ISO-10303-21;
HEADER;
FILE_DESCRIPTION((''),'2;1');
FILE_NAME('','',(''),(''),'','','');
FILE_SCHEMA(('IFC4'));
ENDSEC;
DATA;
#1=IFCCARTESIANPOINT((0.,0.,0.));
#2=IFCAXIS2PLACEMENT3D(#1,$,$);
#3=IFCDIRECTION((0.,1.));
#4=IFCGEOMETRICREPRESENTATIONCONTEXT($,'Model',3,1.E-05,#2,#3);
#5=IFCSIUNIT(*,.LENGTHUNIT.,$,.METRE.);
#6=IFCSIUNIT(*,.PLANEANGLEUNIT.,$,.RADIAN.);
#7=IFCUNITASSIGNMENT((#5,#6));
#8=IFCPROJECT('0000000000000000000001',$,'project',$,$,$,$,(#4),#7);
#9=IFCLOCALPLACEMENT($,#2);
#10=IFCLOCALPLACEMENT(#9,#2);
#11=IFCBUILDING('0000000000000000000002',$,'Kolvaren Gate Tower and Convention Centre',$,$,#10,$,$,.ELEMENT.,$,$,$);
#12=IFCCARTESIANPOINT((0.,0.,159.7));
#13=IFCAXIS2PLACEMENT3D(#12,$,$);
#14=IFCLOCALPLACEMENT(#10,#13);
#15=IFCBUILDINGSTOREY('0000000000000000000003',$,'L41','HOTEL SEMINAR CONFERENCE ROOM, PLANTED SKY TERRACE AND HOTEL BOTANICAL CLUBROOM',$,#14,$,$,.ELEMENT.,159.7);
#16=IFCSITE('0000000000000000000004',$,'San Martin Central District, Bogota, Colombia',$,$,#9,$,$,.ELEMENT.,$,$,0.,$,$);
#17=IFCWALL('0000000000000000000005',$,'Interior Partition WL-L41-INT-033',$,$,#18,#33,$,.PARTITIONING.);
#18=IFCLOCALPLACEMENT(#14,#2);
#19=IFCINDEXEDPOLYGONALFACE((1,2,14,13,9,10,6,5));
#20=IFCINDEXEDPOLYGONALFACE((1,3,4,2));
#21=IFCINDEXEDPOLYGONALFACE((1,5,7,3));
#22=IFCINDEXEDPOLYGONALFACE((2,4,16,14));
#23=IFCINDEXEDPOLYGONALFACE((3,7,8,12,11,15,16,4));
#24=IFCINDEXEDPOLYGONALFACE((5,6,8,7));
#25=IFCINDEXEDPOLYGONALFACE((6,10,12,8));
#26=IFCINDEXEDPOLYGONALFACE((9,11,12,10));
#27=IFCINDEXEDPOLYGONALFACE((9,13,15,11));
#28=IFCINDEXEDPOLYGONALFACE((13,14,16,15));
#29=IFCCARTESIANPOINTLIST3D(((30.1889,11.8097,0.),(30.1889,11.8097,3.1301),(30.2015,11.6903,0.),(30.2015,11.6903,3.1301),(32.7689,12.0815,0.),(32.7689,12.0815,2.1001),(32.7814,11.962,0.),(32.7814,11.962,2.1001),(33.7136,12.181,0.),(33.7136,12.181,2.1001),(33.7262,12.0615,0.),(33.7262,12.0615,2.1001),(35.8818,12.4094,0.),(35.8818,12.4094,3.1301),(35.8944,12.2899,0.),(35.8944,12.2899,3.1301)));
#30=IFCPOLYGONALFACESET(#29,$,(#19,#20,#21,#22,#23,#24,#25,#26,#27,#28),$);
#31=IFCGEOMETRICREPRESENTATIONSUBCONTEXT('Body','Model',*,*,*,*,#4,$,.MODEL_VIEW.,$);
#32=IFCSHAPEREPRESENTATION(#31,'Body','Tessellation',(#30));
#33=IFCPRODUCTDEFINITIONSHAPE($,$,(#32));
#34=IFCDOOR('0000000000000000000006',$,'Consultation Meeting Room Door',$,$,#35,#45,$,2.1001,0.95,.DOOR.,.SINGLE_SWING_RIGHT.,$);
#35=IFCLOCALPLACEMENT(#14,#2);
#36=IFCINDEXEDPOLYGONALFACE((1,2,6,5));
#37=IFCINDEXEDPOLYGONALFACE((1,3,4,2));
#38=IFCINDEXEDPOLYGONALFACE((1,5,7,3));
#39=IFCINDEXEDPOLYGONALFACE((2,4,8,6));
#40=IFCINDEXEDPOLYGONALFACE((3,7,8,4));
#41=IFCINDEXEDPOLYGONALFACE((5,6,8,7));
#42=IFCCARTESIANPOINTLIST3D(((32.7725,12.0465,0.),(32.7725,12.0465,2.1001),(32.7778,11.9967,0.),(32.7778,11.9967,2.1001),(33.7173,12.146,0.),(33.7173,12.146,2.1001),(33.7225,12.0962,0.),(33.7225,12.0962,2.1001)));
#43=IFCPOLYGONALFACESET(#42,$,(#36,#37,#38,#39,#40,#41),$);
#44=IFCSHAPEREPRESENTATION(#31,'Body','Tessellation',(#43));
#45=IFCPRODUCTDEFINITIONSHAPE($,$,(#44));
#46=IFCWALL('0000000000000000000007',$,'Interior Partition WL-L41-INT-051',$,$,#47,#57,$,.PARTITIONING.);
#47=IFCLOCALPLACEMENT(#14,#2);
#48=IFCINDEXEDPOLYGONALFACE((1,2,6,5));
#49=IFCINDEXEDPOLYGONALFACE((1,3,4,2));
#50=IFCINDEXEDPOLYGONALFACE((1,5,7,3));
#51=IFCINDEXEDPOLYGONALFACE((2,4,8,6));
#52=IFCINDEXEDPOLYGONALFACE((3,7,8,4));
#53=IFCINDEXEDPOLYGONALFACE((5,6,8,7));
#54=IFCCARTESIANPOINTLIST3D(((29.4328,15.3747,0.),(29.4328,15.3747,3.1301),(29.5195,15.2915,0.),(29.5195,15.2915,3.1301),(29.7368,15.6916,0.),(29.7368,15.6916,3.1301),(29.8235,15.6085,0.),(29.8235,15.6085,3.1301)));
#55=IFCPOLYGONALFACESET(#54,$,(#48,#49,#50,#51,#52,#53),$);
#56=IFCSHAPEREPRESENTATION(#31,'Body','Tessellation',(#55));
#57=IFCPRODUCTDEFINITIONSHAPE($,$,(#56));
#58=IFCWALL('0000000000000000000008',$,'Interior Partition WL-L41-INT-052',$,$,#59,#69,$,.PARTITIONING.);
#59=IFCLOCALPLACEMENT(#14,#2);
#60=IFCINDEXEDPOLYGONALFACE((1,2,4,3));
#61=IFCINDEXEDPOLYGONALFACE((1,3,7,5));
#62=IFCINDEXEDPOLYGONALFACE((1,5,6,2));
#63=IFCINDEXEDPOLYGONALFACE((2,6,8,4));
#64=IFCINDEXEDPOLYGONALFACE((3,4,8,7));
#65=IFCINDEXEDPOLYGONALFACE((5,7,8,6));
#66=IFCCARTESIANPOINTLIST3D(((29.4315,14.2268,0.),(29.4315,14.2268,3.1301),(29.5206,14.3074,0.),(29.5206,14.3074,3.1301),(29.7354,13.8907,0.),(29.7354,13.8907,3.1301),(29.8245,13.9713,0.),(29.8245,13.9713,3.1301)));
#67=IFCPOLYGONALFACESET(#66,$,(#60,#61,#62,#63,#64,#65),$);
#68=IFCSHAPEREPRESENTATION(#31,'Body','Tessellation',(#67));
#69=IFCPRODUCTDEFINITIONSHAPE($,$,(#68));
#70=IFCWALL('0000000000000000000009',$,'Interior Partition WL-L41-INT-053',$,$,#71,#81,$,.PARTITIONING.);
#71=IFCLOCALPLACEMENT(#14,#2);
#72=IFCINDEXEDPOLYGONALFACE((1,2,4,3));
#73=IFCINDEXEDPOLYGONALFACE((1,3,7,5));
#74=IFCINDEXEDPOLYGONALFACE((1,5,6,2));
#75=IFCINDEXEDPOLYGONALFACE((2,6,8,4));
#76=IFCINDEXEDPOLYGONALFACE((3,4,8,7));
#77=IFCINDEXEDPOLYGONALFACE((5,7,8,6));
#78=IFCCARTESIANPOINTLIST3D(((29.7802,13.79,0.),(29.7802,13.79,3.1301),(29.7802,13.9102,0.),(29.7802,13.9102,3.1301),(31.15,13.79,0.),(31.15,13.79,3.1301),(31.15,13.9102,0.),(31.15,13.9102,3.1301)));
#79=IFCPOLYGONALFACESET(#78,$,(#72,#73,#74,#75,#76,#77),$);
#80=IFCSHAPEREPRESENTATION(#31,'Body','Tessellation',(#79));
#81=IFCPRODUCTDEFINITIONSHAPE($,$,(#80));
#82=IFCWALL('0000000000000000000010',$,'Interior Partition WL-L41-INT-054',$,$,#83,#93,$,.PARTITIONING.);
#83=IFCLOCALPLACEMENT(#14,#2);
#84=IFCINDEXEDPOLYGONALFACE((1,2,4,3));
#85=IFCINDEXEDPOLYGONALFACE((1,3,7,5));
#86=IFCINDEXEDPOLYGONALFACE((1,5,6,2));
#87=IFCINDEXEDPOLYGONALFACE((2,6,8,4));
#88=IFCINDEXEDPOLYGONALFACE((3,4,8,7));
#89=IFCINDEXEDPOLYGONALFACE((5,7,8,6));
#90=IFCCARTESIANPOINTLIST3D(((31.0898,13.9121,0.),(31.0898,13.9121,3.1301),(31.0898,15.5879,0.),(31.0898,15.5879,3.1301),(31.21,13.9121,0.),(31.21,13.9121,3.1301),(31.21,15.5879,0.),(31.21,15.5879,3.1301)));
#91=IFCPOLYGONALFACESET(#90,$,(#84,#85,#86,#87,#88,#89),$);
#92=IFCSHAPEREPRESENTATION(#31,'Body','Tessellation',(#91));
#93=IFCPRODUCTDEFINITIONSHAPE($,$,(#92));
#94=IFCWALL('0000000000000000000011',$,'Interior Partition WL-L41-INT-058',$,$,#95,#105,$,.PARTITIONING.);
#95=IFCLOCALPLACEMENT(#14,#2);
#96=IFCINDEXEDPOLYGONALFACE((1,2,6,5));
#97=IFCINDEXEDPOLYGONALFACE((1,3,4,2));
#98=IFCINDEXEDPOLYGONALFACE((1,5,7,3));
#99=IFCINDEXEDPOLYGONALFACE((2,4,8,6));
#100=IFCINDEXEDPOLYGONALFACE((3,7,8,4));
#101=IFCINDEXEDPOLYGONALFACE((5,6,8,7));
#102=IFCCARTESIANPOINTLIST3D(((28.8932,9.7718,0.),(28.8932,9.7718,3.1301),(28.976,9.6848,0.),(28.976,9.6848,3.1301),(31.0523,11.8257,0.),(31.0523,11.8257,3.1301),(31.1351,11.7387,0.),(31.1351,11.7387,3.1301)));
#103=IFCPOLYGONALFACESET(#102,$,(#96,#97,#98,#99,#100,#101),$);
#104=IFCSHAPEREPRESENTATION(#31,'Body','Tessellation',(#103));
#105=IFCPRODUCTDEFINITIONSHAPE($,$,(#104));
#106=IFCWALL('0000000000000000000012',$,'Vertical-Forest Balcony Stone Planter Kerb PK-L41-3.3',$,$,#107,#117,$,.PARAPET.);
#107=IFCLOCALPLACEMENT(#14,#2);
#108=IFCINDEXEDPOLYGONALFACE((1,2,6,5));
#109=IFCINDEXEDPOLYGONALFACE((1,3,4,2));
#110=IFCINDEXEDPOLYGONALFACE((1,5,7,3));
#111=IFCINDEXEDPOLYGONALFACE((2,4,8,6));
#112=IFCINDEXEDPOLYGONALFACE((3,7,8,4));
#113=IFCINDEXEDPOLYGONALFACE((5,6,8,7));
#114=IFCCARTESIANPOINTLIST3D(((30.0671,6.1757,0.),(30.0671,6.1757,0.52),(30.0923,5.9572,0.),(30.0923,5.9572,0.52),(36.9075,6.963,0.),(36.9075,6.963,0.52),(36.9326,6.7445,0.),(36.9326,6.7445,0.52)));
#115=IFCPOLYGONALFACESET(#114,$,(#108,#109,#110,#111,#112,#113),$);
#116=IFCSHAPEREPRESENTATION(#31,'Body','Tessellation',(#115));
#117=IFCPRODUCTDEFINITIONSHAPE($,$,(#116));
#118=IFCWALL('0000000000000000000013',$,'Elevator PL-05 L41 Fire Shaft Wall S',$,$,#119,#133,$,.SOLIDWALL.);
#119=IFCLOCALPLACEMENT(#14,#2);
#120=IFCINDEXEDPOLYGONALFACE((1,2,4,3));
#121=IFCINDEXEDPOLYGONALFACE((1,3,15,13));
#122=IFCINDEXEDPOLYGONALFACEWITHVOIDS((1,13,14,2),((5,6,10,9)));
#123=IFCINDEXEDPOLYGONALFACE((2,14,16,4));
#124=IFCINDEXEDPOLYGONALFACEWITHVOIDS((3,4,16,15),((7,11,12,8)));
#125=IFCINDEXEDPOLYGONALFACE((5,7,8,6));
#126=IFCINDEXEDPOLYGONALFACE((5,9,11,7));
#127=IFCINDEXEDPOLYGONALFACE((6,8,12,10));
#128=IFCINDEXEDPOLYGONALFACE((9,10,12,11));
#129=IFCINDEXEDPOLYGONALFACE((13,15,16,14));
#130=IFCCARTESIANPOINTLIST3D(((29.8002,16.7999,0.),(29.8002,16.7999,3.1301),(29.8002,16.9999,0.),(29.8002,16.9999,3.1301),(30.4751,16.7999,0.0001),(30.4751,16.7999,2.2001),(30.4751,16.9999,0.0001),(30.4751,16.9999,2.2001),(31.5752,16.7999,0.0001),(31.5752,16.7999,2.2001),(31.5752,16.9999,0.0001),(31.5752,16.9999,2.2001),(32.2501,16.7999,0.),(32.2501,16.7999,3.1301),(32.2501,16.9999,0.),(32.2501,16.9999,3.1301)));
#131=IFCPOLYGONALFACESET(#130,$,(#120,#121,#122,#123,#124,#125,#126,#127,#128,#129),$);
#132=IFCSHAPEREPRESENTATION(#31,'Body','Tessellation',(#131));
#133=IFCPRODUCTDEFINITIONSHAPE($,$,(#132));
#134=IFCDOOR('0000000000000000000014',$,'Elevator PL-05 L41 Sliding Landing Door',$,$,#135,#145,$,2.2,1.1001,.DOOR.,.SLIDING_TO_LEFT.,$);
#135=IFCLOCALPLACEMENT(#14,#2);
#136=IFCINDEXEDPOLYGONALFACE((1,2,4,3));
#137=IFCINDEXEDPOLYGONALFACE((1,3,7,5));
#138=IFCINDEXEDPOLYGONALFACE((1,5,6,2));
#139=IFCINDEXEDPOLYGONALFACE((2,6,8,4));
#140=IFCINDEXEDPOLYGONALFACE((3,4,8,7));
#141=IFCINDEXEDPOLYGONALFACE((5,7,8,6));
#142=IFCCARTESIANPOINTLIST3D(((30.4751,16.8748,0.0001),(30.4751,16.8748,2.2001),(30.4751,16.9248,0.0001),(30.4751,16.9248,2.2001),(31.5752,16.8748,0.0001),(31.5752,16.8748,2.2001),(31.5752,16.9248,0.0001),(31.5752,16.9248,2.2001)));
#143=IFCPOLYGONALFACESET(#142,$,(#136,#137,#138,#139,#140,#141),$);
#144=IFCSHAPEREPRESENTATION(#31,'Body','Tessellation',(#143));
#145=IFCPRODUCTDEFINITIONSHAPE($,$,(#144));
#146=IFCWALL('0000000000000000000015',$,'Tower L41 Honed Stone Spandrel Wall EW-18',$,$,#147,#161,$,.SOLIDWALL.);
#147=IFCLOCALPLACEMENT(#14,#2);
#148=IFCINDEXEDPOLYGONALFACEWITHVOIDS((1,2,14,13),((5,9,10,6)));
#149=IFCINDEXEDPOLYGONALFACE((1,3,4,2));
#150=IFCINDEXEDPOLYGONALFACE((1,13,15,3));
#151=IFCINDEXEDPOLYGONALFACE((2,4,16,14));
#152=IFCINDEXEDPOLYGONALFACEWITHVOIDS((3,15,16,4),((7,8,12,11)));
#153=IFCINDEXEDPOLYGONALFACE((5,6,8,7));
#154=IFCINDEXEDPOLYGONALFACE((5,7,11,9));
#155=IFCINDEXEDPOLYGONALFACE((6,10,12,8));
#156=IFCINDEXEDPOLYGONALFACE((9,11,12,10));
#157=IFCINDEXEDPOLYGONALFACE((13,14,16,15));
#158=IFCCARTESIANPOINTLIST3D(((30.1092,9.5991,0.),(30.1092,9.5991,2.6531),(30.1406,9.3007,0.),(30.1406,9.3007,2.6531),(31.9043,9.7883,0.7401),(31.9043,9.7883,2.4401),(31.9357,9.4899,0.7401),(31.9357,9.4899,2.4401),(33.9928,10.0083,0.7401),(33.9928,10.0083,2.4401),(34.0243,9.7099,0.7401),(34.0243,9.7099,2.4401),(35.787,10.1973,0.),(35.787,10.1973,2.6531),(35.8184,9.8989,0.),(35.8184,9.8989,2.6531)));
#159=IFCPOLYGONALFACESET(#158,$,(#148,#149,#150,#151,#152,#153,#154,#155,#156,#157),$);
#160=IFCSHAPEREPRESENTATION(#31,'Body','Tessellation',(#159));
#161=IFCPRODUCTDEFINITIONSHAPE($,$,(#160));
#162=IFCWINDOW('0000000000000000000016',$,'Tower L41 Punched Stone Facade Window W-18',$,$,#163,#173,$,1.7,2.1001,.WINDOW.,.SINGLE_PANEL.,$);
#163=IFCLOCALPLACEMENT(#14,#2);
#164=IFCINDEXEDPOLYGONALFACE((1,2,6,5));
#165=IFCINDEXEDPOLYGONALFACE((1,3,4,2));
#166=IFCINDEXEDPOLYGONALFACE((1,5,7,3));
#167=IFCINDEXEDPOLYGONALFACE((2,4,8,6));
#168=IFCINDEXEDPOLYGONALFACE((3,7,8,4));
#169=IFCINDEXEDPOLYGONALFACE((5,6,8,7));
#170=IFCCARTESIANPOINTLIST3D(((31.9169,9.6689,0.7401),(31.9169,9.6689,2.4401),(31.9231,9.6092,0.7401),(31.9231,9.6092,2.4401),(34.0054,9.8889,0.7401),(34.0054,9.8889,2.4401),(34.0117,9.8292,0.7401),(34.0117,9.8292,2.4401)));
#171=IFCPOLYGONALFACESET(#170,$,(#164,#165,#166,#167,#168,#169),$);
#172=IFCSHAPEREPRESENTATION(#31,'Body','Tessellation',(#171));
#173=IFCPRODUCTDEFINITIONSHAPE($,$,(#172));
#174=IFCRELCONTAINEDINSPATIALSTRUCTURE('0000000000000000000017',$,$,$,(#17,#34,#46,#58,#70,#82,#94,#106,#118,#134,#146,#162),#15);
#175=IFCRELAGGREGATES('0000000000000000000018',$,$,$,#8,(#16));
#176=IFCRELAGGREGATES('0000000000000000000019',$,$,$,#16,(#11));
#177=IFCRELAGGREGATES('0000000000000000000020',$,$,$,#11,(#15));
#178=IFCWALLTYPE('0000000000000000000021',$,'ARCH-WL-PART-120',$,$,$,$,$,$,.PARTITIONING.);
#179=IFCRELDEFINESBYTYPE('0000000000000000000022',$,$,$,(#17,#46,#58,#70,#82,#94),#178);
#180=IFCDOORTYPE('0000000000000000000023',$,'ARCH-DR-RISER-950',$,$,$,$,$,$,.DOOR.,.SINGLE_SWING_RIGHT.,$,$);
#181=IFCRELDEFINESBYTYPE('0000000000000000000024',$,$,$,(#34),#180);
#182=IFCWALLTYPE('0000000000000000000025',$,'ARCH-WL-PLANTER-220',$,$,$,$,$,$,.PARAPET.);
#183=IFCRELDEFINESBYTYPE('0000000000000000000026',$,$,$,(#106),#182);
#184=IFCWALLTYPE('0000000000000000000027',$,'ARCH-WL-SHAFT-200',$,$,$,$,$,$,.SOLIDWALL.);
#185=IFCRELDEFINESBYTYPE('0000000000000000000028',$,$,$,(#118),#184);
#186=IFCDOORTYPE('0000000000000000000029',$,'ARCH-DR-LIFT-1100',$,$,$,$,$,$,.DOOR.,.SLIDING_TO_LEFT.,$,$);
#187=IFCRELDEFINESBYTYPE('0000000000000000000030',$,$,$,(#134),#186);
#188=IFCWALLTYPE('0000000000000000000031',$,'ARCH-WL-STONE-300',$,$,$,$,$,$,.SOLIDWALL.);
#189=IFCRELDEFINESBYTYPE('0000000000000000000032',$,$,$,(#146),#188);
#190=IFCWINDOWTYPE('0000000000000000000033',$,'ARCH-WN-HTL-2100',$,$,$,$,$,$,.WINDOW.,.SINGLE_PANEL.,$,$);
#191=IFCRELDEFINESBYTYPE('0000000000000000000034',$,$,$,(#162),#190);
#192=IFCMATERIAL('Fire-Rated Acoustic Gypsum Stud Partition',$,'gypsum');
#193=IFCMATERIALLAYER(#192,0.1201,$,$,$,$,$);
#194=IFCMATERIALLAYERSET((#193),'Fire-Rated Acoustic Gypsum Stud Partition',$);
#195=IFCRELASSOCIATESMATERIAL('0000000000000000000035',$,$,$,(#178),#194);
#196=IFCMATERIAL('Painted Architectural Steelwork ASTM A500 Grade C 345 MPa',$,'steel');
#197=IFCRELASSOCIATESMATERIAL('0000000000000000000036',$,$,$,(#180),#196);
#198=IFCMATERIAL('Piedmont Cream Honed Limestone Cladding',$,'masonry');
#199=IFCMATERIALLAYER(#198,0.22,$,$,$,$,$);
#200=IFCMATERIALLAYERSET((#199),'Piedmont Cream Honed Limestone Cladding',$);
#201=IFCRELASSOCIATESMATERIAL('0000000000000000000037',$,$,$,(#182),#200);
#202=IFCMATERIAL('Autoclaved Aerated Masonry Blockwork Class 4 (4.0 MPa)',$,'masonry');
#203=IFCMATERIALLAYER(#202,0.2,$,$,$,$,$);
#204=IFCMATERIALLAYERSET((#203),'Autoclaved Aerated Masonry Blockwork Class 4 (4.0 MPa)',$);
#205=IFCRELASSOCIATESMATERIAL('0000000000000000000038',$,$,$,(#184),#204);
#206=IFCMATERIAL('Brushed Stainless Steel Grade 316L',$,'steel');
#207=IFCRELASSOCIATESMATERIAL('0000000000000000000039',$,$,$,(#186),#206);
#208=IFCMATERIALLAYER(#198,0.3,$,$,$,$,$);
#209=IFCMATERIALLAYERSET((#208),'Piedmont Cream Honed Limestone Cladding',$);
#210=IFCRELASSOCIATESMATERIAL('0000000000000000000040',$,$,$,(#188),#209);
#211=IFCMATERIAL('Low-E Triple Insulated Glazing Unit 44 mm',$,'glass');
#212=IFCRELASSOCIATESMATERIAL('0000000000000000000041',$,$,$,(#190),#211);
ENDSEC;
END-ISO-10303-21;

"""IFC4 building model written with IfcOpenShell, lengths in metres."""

from ifc_helpers import new_model, si_unit, direction, frame, frame_2d, origin, place, context, subcontext, project, spatial, rectangle, extrude, material, layer, layer_set, type_object, element, fill, save


model = new_model("IFC4")

# Units and contexts
model_context = context("Model", 3, precision=1e-05, world=origin(), true_north=direction((0.0, 1.0)))
body_context = subcontext(model_context, "Body", "Model", "MODEL_VIEW")
ifc_project = project(units=[si_unit("LENGTHUNIT", "METRE"), si_unit("PLANEANGLEUNIT", "RADIAN")], contexts=[model_context])

# Site, building, storey
site_placement = place(None, origin())
site = spatial("IfcSite", under=ifc_project, at=site_placement, Name="San Martin Central District, Bogota, Colombia", CompositionType="ELEMENT", RefElevation=0.0)
building_placement = place(site_placement, origin())
building = spatial("IfcBuilding", under=site, at=building_placement, Name="Kolvaren Gate Tower and Convention Centre", CompositionType="ELEMENT")
storey_placement = place(building_placement, frame((0.0, 0.0, 159.7)))
storey = spatial("IfcBuildingStorey", under=building, at=storey_placement, Name="L41", Description="HOTEL SEMINAR CONFERENCE ROOM, PLANTED SKY TERRACE AND HOTEL BOTANICAL CLUBROOM", CompositionType="ELEMENT", Elevation=159.7)

# Shared definitions
ifc_material_1 = material(Name="Fire-Rated Acoustic Gypsum Stud Partition", Category="gypsum")
ifc_layer_1 = layer(ifc_material_1, 0.1201)
ifc_layer_set_1 = layer_set([ifc_layer_1], Name="Fire-Rated Acoustic Gypsum Stud Partition")
wall_type_1 = type_object("IfcWallType", Name="ARCH-WL-PART-120", PredefinedType="PARTITIONING", material=ifc_layer_set_1)

# Wall, opening, door
wall_1_placement = place(storey_placement, frame((30.1951, 11.75, 0.0), z_axis=(0.0, 0.0, 1.0), x_axis=(0.994499, 0.104747, 0.0)))
wall_1 = element("IfcWall", 1, at=wall_1_placement, inside=storey, type_object=wall_type_1, Name="Interior Partition WL-L41-INT-033", PredefinedType="PARTITIONING", context=body_context, shape_type="SweptSolid", body=[
    extrude(rectangle(XDim=5.7244, YDim=0.1201, at=frame_2d((2.8623, 0.0))), origin(), (0.0, 0.0, 1.0), 3.1301),
])
opening_1_placement = place(wall_1_placement, frame((2.5942, 0.0, 0.0)))
opening_1 = element("IfcOpeningElement", 2, at=opening_1_placement, cuts=wall_1, PredefinedType="OPENING", context=body_context, shape_type="SweptSolid", body=[
    extrude(rectangle(XDim=0.95, YDim=2.1001, at=frame_2d((0.4751, 1.05))), frame((0.0, 0.0701, 0.0), z_axis=(0.0, -1.0, 0.0), x_axis=(1.0, 0.0, 0.0)), (0.0, 0.0, 1.0), 0.1401),
])
ifc_material_2 = material(Name="Painted Architectural Steelwork ASTM A500 Grade C 345 MPa", Category="steel")
door_type_1 = type_object("IfcDoorType", Name="ARCH-DR-RISER-950", OperationType="SINGLE_SWING_RIGHT", PredefinedType="DOOR", material=ifc_material_2)
door_1_placement = place(opening_1_placement, origin())
door_1 = element("IfcDoor", 3, at=door_1_placement, inside=storey, type_object=door_type_1, Name="Consultation Meeting Room Door", OperationType="SINGLE_SWING_RIGHT", OverallHeight=2.1001, OverallWidth=0.95, PredefinedType="DOOR", context=body_context, shape_type="SweptSolid", body=[
    extrude(rectangle(XDim=0.95, YDim=2.1001, at=frame_2d((0.4751, 1.05))), frame((0.0, 0.0249, 0.0), z_axis=(0.0, -1.0, 0.0), x_axis=(1.0, 0.0, 0.0)), (0.0, 0.0, 1.0), 0.05),
])
fill(opening_1, door_1)

# Walls
wall_2_placement = place(storey_placement, frame((29.4761, 15.333, 0.0), z_axis=(0.0, 0.0, 1.0), x_axis=(0.692219, 0.721687, 0.0)))
element("IfcWall", 4, at=wall_2_placement, inside=storey, type_object=wall_type_1, Name="Interior Partition WL-L41-INT-051", PredefinedType="PARTITIONING", context=body_context, shape_type="SweptSolid", body=[
    extrude(rectangle(XDim=0.4392, YDim=0.1201, at=frame_2d((0.2197, 0.0))), origin(), (0.0, 0.0, 1.0), 3.1301),
])
wall_3_placement = place(storey_placement, frame((29.4761, 14.2671, 0.0), z_axis=(0.0, 0.0, 1.0), x_axis=(0.670659, -0.741765, 0.0)))
element("IfcWall", 5, at=wall_3_placement, inside=storey, type_object=wall_type_1, Name="Interior Partition WL-L41-INT-052", PredefinedType="PARTITIONING", context=body_context, shape_type="SweptSolid", body=[
    extrude(rectangle(XDim=0.4531, YDim=0.1201, at=frame_2d((0.2266, 0.0))), origin(), (0.0, 0.0, 1.0), 3.1301),
])
wall_4_placement = place(storey_placement, frame((29.78, 13.8501, 0.0), z_axis=(0.0, 0.0, 1.0), x_axis=(1.0, 0.0, 0.0)))
element("IfcWall", 6, at=wall_4_placement, inside=storey, type_object=wall_type_1, Name="Interior Partition WL-L41-INT-053", PredefinedType="PARTITIONING", context=body_context, shape_type="SweptSolid", body=[
    extrude(rectangle(XDim=1.3699, YDim=0.1201, at=frame_2d((0.6851, 0.0))), origin(), (0.0, 0.0, 1.0), 3.1301),
])
wall_5_placement = place(storey_placement, frame((31.1499, 13.9121, 0.0), z_axis=(0.0, 0.0, 1.0), x_axis=(0.0, 1.0, 0.0)))
element("IfcWall", 7, at=wall_5_placement, inside=storey, type_object=wall_type_1, Name="Interior Partition WL-L41-INT-054", PredefinedType="PARTITIONING", context=body_context, shape_type="SweptSolid", body=[
    extrude(rectangle(XDim=1.6758, YDim=0.1201, at=frame_2d((0.8379, 0.0))), origin(), (0.0, 0.0, 1.0), 3.1301),
])
wall_6_placement = place(storey_placement, frame((28.9346, 9.7283, 0.0), z_axis=(0.0, 0.0, 1.0), x_axis=(0.724541, 0.689232, 0.0)))
element("IfcWall", 8, at=wall_6_placement, inside=storey, type_object=wall_type_1, Name="Interior Partition WL-L41-INT-058", PredefinedType="PARTITIONING", context=body_context, shape_type="SweptSolid", body=[
    extrude(rectangle(XDim=2.98, YDim=0.1201, at=frame_2d((1.49, 0.0))), origin(), (0.0, 0.0, 1.0), 3.1301),
])
ifc_material_3 = material(Name="Piedmont Cream Honed Limestone Cladding", Category="masonry")
ifc_layer_2 = layer(ifc_material_3, 0.22)
ifc_layer_set_2 = layer_set([ifc_layer_2], Name="Piedmont Cream Honed Limestone Cladding")
wall_type_2 = type_object("IfcWallType", Name="ARCH-WL-PLANTER-220", PredefinedType="PARAPET", material=ifc_layer_set_2)
wall_7_placement = place(storey_placement, frame((30.0796, 6.0664, 0.0), z_axis=(0.0, 0.0, 1.0), x_axis=(0.993441, 0.11435, 0.0)))
element("IfcWall", 9, at=wall_7_placement, inside=storey, type_object=wall_type_2, Name="Vertical-Forest Balcony Stone Planter Kerb PK-L41-3.3", PredefinedType="PARAPET", context=body_context, shape_type="SweptSolid", body=[
    extrude(rectangle(XDim=6.8855, YDim=0.22, at=frame_2d((3.4429, 0.0))), origin(), (0.0, 0.0, 1.0), 0.52),
])

# Wall, opening, door
ifc_material_4 = material(Name="Autoclaved Aerated Masonry Blockwork Class 4 (4.0 MPa)", Category="masonry")
ifc_layer_3 = layer(ifc_material_4, 0.2)
ifc_layer_set_3 = layer_set([ifc_layer_3], Name="Autoclaved Aerated Masonry Blockwork Class 4 (4.0 MPa)")
wall_type_3 = type_object("IfcWallType", Name="ARCH-WL-SHAFT-200", PredefinedType="SOLIDWALL", material=ifc_layer_set_3)
wall_8_placement = place(storey_placement, frame((29.8, 16.8999, 0.0), z_axis=(0.0, 0.0, 1.0), x_axis=(1.0, 0.0, 0.0)))
wall_8 = element("IfcWall", 10, at=wall_8_placement, inside=storey, type_object=wall_type_3, Name="Elevator PL-05 L41 Fire Shaft Wall S", PredefinedType="SOLIDWALL", context=body_context, shape_type="SweptSolid", body=[
    extrude(rectangle(XDim=2.45, YDim=0.2, at=frame_2d((1.2251, 0.0))), origin(), (0.0, 0.0, 1.0), 3.1301),
])
opening_2_placement = place(wall_8_placement, frame((0.675, 0.0, 0.0)))
opening_2 = element("IfcOpeningElement", 11, at=opening_2_placement, cuts=wall_8, PredefinedType="OPENING", context=body_context, shape_type="SweptSolid", body=[
    extrude(rectangle(XDim=1.1001, YDim=2.2, at=frame_2d((0.55, 1.1001))), frame((0.0, 0.1099, 0.0), z_axis=(0.0, -1.0, 0.0), x_axis=(1.0, 0.0, 0.0)), (0.0, 0.0, 1.0), 0.22),
])
ifc_material_5 = material(Name="Brushed Stainless Steel Grade 316L", Category="steel")
door_type_2 = type_object("IfcDoorType", Name="ARCH-DR-LIFT-1100", OperationType="SLIDING_TO_LEFT", PredefinedType="DOOR", material=ifc_material_5)
door_2_placement = place(opening_2_placement, origin())
door_2 = element("IfcDoor", 12, at=door_2_placement, inside=storey, type_object=door_type_2, Name="Elevator PL-05 L41 Sliding Landing Door", OperationType="SLIDING_TO_LEFT", OverallHeight=2.2, OverallWidth=1.1001, PredefinedType="DOOR", context=body_context, shape_type="SweptSolid", body=[
    extrude(rectangle(XDim=1.1001, YDim=2.2, at=frame_2d((0.55, 1.1001))), frame((0.0, 0.0249, 0.0), z_axis=(0.0, -1.0, 0.0), x_axis=(1.0, 0.0, 0.0)), (0.0, 0.0, 1.0), 0.05),
])
fill(opening_2, door_2)

# Wall, opening, window
ifc_layer_4 = layer(ifc_material_3, 0.3)
ifc_layer_set_4 = layer_set([ifc_layer_4], Name="Piedmont Cream Honed Limestone Cladding")
wall_type_4 = type_object("IfcWallType", Name="ARCH-WL-STONE-300", PredefinedType="SOLIDWALL", material=ifc_layer_set_4)
wall_9_placement = place(storey_placement, frame((30.125, 9.45, 0.0), z_axis=(0.0, 0.0, 1.0), x_axis=(0.994497, 0.104769, 0.0)))
wall_9 = element("IfcWall", 13, at=wall_9_placement, inside=storey, type_object=wall_type_4, Name="Tower L41 Honed Stone Spandrel Wall EW-18", PredefinedType="SOLIDWALL", context=body_context, shape_type="SweptSolid", body=[
    extrude(rectangle(XDim=5.7092, YDim=0.3, at=frame_2d((2.8545, 0.0))), origin(), (0.0, 0.0, 1.0), 2.6531),
])
opening_3_placement = place(wall_9_placement, frame((1.8049, 0.0, 0.74)))
opening_3 = element("IfcOpeningElement", 14, at=opening_3_placement, cuts=wall_9, PredefinedType="OPENING", context=body_context, shape_type="SweptSolid", body=[
    extrude(rectangle(XDim=2.1001, YDim=1.7, at=frame_2d((1.05, 0.8501))), frame((0.0, 0.1599, 0.0), z_axis=(0.0, -1.0, 0.0), x_axis=(1.0, 0.0, 0.0)), (0.0, 0.0, 1.0), 0.3201),
])
ifc_material_6 = material(Name="Low-E Triple Insulated Glazing Unit 44 mm", Category="glass")
window_type = type_object("IfcWindowType", Name="ARCH-WN-HTL-2100", PartitioningType="SINGLE_PANEL", PredefinedType="WINDOW", material=ifc_material_6)
window_1_placement = place(opening_3_placement, origin())
window_1 = element("IfcWindow", 15, at=window_1_placement, inside=storey, type_object=window_type, Name="Tower L41 Punched Stone Facade Window W-18", OverallHeight=1.7, OverallWidth=2.1001, PartitioningType="SINGLE_PANEL", PredefinedType="WINDOW", context=body_context, shape_type="SweptSolid", body=[
    extrude(rectangle(XDim=2.1001, YDim=1.7, at=frame_2d((1.05, 0.8501))), frame((0.0, 0.03, 0.0), z_axis=(0.0, -1.0, 0.0), x_axis=(1.0, 0.0, 0.0)), (0.0, 0.0, 1.0), 0.0601),
])
fill(opening_3, window_1)

save(model, "model.ifc")
